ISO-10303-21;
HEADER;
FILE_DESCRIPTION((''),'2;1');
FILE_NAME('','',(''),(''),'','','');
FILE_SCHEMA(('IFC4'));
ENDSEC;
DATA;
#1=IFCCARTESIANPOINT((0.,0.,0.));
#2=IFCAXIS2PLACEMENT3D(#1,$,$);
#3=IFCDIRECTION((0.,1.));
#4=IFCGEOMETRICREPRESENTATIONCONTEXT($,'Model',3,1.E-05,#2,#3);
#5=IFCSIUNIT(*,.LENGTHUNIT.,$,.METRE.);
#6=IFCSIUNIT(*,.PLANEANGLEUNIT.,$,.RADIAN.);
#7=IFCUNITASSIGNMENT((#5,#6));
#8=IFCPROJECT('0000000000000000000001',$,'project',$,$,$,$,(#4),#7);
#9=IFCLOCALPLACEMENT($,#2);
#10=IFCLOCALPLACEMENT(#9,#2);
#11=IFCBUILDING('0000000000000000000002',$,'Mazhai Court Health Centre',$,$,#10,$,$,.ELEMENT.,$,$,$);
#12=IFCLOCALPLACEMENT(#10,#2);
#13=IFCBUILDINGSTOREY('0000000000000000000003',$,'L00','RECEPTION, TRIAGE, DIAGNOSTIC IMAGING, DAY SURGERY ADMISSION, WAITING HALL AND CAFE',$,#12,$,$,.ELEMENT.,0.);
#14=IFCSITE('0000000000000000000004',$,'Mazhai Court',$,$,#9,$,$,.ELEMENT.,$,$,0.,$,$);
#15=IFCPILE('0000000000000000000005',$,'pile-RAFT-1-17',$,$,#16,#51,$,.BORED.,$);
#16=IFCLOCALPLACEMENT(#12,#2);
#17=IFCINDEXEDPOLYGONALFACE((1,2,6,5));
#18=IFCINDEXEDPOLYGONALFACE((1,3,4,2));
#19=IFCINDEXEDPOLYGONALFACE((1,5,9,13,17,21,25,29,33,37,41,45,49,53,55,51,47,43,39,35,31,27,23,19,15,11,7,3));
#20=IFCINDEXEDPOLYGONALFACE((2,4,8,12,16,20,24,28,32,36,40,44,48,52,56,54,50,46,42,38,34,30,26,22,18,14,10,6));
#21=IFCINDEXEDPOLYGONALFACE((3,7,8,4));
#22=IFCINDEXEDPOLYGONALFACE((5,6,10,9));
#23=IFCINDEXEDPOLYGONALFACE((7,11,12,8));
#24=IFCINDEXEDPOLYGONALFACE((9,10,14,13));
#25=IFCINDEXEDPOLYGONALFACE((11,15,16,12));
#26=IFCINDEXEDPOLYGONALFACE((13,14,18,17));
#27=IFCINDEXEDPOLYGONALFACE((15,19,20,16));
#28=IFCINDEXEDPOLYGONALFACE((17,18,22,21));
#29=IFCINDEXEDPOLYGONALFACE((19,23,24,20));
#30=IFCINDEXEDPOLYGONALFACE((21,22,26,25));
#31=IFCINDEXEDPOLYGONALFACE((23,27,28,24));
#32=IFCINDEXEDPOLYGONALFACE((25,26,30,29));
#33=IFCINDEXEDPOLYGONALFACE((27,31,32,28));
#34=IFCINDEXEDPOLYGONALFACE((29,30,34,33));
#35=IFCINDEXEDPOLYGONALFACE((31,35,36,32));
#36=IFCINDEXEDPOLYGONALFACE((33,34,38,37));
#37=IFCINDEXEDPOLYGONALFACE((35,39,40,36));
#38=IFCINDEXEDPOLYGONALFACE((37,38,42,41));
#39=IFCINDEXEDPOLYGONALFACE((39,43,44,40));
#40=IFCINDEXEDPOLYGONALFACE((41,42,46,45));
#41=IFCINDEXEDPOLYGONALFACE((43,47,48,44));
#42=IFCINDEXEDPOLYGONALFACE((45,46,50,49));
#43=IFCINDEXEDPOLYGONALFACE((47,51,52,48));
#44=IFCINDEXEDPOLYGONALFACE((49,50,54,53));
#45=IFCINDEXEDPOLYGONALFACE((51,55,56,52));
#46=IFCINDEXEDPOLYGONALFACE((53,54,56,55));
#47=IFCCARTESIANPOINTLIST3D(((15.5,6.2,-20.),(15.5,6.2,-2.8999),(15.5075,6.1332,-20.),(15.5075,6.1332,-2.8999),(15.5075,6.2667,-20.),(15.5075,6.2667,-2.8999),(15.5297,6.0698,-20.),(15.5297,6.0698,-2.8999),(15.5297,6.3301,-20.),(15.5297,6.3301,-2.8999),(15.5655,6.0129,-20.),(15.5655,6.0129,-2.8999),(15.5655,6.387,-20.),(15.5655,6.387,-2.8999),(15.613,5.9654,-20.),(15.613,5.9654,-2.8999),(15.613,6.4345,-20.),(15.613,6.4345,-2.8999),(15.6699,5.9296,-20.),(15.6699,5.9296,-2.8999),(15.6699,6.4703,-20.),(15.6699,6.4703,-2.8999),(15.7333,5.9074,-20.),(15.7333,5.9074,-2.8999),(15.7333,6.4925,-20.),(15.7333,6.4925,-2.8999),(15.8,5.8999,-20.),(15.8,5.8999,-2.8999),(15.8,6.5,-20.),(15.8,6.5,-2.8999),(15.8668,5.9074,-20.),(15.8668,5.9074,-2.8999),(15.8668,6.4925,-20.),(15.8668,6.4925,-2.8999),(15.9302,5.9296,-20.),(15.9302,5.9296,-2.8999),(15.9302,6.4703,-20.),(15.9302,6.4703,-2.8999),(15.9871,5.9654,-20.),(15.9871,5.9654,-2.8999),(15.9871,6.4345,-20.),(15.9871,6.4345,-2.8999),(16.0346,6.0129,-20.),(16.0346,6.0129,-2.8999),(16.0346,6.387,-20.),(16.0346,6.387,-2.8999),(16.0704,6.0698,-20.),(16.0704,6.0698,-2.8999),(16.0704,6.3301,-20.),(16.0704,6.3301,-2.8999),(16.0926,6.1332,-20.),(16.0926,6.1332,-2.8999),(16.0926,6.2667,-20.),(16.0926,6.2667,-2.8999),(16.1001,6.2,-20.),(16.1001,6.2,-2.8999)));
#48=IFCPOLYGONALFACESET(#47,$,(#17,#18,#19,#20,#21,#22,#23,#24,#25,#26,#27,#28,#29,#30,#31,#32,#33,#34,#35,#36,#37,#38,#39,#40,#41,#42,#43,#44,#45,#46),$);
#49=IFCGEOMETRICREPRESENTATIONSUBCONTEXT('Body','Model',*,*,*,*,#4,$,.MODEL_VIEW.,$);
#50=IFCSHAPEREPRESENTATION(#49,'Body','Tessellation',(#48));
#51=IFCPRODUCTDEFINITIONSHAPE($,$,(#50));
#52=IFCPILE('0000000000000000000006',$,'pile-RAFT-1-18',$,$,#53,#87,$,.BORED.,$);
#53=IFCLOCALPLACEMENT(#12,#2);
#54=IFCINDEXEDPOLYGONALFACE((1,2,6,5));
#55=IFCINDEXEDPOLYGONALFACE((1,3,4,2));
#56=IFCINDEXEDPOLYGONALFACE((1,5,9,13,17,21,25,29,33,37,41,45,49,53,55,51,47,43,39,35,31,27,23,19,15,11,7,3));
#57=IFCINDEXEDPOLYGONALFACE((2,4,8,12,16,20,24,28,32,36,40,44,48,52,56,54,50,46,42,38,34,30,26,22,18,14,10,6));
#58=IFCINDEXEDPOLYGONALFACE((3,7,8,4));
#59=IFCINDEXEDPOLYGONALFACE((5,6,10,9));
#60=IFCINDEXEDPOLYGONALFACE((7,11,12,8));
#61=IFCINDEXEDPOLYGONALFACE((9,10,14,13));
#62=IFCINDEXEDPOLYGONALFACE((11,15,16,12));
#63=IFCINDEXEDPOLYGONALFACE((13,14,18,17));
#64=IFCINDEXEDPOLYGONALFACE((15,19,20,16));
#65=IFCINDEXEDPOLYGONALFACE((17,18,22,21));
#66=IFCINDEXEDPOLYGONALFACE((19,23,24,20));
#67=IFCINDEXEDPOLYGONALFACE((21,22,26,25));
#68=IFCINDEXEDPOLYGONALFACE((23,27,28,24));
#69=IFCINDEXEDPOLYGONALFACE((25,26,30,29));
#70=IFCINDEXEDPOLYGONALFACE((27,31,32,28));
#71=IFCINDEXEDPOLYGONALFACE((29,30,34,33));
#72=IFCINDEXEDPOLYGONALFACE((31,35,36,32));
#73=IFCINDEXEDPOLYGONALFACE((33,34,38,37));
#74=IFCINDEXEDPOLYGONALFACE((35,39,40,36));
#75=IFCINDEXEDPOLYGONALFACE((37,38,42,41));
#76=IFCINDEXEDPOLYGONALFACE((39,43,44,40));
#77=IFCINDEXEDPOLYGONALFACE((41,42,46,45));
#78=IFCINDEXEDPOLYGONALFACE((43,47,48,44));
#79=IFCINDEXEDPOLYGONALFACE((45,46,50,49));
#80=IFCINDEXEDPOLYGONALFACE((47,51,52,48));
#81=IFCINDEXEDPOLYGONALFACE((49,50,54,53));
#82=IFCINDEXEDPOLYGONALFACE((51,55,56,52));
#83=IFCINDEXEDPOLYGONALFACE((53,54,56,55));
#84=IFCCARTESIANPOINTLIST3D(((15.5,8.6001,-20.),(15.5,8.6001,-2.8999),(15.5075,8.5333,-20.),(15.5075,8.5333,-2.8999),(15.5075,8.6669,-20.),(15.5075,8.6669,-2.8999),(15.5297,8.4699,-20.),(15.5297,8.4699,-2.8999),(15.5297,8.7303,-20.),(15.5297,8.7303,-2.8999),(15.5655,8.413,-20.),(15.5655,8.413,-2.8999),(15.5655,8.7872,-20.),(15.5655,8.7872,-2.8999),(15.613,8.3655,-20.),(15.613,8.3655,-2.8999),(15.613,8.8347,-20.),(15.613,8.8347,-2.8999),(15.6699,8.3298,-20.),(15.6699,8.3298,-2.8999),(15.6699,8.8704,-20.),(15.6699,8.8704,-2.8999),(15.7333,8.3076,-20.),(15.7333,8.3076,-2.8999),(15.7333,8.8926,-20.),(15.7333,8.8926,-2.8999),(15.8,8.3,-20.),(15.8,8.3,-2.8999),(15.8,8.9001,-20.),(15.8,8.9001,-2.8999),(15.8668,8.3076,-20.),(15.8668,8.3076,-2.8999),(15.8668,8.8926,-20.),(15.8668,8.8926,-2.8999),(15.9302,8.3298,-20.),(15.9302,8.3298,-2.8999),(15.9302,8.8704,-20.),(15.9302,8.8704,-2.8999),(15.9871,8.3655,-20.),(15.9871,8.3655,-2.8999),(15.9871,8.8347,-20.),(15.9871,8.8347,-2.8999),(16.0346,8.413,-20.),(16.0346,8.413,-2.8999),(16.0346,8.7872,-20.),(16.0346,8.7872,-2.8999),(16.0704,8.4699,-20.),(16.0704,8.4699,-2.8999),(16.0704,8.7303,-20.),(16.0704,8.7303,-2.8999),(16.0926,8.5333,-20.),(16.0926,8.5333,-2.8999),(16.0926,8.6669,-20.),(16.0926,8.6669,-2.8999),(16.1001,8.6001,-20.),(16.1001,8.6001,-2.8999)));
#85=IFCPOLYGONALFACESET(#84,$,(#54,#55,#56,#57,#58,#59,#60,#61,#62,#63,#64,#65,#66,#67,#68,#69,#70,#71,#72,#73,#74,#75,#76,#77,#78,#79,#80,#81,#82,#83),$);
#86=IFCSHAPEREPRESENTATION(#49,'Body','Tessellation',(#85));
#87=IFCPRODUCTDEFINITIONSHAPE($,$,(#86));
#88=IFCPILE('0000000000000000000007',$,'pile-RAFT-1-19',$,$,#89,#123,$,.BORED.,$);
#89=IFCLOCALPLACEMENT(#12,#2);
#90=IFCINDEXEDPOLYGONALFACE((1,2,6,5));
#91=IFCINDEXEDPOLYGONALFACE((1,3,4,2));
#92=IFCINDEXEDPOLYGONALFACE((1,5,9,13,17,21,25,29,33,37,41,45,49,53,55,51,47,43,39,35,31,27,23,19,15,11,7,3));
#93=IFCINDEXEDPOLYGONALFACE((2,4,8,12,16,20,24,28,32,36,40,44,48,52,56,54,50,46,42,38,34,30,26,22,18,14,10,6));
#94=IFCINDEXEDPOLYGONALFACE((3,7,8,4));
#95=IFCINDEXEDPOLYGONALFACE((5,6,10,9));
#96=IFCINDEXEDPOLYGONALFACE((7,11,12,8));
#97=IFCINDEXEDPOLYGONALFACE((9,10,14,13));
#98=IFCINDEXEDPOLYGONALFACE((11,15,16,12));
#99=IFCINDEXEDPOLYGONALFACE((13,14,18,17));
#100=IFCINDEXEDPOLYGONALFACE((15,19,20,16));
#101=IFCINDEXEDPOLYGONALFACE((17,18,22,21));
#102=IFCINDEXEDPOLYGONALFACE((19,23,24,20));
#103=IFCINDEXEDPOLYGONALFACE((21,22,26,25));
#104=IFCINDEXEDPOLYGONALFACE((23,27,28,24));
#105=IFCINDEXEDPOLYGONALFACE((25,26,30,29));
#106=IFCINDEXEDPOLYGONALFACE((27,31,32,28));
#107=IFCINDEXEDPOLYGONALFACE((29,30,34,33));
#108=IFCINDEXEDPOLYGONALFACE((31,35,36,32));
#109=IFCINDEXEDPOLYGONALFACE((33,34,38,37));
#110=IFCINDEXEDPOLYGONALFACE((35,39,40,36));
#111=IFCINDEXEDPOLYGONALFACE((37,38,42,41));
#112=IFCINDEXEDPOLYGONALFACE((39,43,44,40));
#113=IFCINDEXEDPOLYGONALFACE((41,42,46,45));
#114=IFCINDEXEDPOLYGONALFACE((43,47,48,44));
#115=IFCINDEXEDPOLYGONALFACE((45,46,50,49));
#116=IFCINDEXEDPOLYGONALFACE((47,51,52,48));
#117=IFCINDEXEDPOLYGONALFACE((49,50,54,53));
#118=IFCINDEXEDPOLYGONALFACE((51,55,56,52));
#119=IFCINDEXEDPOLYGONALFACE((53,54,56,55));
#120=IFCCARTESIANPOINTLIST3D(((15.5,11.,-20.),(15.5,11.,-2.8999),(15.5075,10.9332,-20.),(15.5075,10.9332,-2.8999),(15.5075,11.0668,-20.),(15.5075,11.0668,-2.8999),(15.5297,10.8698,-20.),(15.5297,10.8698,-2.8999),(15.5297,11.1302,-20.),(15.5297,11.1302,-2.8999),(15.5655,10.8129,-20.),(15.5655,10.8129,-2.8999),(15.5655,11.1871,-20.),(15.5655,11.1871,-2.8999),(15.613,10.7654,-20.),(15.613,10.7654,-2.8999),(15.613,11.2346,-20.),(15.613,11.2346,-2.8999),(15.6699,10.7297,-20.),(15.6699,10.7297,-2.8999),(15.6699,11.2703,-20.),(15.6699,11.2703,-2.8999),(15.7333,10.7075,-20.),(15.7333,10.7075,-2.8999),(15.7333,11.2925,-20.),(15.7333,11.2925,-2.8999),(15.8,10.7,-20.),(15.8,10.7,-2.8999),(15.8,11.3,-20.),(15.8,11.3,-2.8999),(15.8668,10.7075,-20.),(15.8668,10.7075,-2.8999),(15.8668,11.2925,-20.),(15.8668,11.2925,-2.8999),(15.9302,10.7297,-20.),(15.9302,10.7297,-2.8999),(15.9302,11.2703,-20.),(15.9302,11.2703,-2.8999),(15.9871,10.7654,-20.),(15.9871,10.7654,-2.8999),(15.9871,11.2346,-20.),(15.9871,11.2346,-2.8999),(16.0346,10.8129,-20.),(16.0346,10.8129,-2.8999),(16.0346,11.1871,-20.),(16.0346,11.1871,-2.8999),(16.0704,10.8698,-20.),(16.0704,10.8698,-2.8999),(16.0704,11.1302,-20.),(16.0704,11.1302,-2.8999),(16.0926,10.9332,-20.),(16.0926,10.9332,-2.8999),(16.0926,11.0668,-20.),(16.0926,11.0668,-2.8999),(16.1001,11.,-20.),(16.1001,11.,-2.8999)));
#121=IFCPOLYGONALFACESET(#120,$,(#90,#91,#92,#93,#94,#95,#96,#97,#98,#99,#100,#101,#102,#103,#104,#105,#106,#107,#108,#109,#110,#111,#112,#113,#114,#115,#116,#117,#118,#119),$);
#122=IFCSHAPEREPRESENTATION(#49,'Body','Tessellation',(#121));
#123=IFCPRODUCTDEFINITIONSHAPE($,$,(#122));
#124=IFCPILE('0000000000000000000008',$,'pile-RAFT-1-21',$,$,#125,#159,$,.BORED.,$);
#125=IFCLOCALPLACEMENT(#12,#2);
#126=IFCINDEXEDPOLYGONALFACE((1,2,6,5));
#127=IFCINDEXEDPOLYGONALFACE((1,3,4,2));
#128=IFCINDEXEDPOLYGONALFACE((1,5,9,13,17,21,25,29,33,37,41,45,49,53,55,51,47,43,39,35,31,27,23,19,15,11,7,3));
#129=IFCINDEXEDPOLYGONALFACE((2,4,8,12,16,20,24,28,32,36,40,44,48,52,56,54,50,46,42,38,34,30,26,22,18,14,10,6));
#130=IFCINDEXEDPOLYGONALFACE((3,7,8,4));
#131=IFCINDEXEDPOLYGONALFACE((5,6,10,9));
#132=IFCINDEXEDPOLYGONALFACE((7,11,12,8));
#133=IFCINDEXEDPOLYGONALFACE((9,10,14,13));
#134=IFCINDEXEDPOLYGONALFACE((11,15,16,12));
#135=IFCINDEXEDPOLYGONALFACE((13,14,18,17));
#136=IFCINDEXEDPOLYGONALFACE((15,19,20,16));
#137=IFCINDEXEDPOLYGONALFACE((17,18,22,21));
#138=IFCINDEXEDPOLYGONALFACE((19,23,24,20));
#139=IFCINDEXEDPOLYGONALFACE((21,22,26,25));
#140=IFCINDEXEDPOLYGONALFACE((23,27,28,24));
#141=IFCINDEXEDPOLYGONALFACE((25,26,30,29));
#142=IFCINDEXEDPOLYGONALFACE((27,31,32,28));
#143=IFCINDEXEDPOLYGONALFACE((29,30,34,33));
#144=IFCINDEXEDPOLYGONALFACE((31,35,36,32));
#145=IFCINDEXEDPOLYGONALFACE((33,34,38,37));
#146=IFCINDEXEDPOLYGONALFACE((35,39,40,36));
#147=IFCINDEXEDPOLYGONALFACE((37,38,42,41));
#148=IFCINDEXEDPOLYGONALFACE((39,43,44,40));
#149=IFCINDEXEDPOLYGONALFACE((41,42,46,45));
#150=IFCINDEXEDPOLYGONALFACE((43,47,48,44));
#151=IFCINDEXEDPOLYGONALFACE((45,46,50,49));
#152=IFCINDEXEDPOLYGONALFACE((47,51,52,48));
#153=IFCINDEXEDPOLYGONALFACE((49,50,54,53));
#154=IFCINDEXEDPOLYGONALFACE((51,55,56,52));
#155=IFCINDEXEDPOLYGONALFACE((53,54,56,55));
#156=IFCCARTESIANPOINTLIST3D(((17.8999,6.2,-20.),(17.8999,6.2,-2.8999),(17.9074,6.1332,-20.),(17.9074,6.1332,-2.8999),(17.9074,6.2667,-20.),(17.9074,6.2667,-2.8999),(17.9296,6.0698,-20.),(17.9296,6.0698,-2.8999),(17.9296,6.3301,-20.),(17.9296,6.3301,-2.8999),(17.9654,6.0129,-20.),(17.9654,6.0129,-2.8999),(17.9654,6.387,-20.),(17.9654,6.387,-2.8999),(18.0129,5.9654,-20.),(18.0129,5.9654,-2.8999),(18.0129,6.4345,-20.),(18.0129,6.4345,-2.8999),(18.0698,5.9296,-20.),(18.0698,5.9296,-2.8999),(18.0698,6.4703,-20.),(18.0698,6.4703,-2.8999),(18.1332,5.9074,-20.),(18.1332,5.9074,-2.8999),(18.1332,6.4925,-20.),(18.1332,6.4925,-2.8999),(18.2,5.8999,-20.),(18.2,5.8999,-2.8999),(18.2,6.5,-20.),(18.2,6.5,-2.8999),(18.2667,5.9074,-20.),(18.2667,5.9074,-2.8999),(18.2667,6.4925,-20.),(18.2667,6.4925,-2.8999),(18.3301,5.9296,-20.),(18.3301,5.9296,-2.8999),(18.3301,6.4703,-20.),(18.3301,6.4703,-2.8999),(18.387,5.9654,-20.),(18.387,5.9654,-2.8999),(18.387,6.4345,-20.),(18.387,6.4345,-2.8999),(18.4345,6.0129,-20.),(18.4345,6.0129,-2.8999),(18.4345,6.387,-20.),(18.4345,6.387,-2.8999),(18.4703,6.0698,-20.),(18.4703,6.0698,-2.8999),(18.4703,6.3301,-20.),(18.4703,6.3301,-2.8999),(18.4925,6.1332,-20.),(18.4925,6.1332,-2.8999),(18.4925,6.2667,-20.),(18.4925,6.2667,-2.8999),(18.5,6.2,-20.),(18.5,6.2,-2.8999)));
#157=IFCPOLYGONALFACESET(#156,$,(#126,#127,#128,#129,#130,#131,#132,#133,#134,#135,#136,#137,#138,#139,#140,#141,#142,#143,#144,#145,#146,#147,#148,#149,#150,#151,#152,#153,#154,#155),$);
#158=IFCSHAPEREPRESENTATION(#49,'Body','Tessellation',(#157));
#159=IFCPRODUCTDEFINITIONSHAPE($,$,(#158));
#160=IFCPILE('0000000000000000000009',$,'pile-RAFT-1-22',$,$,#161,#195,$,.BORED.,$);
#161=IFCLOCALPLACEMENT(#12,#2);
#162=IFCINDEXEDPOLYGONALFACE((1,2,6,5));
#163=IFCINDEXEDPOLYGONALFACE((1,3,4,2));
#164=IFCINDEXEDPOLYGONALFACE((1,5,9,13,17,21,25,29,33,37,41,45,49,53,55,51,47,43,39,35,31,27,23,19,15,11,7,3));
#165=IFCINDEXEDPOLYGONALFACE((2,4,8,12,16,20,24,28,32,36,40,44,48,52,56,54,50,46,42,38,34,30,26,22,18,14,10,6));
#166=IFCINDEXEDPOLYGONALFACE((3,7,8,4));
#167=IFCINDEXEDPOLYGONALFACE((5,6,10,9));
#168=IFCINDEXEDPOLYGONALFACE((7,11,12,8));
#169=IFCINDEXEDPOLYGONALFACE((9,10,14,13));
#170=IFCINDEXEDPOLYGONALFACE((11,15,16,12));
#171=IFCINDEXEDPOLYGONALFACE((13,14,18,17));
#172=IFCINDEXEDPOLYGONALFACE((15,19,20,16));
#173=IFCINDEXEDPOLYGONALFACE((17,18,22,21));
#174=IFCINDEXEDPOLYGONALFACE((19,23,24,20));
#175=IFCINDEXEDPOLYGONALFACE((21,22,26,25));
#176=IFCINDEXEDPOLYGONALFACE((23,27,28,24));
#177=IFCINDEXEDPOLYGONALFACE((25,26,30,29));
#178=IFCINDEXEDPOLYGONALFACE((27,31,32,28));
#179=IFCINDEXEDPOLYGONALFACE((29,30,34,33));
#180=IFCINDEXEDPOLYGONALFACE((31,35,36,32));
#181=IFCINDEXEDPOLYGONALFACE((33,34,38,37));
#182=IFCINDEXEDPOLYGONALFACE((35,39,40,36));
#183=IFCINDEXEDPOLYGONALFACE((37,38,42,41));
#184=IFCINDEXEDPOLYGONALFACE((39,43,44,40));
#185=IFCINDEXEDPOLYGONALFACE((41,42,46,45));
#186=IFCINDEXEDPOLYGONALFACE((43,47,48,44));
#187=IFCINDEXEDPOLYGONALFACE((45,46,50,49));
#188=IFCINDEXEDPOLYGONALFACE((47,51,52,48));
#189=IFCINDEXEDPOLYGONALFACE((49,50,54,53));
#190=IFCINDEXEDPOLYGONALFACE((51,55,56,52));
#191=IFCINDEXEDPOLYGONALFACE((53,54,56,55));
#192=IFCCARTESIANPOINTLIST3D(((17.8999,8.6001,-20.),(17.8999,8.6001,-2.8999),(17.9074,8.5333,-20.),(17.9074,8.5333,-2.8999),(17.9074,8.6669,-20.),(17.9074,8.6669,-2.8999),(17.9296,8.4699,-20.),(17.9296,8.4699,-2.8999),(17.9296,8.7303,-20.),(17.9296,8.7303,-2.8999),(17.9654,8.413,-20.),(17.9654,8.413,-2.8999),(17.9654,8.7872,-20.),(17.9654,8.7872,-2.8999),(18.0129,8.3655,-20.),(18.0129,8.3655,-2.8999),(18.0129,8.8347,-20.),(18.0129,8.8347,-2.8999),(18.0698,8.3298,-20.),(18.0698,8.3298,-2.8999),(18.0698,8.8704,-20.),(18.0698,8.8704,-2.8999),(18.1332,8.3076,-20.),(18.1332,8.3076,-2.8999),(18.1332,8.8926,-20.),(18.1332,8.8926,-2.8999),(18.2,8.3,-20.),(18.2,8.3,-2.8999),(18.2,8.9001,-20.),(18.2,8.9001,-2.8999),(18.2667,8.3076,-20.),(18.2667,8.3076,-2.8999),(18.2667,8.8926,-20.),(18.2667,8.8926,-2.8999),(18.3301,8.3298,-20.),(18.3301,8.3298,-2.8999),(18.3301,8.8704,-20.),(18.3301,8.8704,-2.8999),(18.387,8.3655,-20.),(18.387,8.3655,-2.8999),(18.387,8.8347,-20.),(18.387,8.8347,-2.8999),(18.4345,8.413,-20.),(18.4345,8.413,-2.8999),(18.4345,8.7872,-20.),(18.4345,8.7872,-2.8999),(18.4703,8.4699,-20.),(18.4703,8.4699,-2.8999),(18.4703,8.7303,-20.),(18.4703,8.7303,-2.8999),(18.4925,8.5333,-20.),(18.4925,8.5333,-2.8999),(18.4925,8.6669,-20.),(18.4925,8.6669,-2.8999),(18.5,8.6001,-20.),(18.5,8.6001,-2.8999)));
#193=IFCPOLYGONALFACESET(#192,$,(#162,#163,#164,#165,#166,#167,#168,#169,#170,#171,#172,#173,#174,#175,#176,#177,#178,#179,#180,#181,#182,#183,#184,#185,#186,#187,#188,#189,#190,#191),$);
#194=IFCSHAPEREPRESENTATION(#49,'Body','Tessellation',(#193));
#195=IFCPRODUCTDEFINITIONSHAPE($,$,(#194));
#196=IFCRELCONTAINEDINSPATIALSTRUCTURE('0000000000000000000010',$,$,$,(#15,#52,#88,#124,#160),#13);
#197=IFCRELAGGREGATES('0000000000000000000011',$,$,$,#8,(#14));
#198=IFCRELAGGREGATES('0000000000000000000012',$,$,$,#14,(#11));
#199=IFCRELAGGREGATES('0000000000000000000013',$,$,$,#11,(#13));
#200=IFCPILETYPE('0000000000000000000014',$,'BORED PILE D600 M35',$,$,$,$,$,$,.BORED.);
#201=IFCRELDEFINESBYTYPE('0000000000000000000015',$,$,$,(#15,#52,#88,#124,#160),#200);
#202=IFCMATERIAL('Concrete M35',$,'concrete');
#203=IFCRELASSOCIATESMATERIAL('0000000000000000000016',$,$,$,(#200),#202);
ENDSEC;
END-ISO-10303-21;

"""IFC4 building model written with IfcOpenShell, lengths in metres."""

from ifc_helpers import new_model, si_unit, direction, frame, origin, origin_2d, place, context, subcontext, project, spatial, circle, extrude, material, material_profile, profile_set, type_object, element, save


model = new_model("IFC4")

# Units and contexts
model_context = context("Model", 3, precision=1e-05, world=origin(), true_north=direction((0.0, 1.0)))
body_context = subcontext(model_context, "Body", "Model", "MODEL_VIEW")
ifc_project = project(units=[si_unit("LENGTHUNIT", "METRE"), si_unit("PLANEANGLEUNIT", "RADIAN")], contexts=[model_context])

# Site, building, storey
site_placement = place(None, origin())
site = spatial("IfcSite", under=ifc_project, at=site_placement, Name="Mazhai Court", CompositionType="ELEMENT", RefElevation=0.0)
building_placement = place(site_placement, origin())
building = spatial("IfcBuilding", under=site, at=building_placement, Name="Mazhai Court Health Centre", CompositionType="ELEMENT")
storey_placement = place(building_placement, origin())
storey = spatial("IfcBuildingStorey", under=building, at=storey_placement, Name="L00", Description="RECEPTION, TRIAGE, DIAGNOSTIC IMAGING, DAY SURGERY ADMISSION, WAITING HALL AND CAFE", CompositionType="ELEMENT", Elevation=0.0)

# Piles
ifc_material_1 = material(Name="Concrete M35", Category="concrete")
ifc_material_profile_1 = material_profile(ifc_material_1, circle(Radius=0.3, at=origin_2d()), Name="RC PILE D600")
ifc_profile_set_1 = profile_set([ifc_material_profile_1], Name="Concrete M35")
pile_type = type_object("IfcPileType", Name="BORED PILE D600 M35", PredefinedType="BORED", material=ifc_profile_set_1)
for number, where, z_axis, x_axis, name in (
    (1, (15.8, 6.2, -2.8999), (0.0, 0.0, -1.0), (1.0, 0.0, 0.0), "pile-RAFT-1-17"),
    (2, (15.8, 8.6001, -2.8999), (0.0, 0.0, -1.0), (1.0, 0.0, 0.0), "pile-RAFT-1-18"),
    (3, (15.8, 11.0, -2.8999), (0.0, 0.0, -1.0), (1.0, 0.0, 0.0), "pile-RAFT-1-19"),
    (4, (18.2, 6.2, -2.8999), (0.0, 0.0, -1.0), (1.0, 0.0, 0.0), "pile-RAFT-1-21"),
    (5, (18.2, 8.6001, -2.8999), (0.0, 0.0, -1.0), (1.0, 0.0, 0.0), "pile-RAFT-1-22"),
):
    element("IfcPile", number, at=place(storey_placement, frame(where, z_axis=z_axis, x_axis=x_axis)), inside=storey, type_object=pile_type, Name=name, PredefinedType="BORED", context=body_context, shape_type="SweptSolid", body=[
        extrude(circle(Radius=0.3, at=origin_2d()), origin(), (0.0, 0.0, 1.0), 17.1001),
    ])

save(model, "model.ifc")
